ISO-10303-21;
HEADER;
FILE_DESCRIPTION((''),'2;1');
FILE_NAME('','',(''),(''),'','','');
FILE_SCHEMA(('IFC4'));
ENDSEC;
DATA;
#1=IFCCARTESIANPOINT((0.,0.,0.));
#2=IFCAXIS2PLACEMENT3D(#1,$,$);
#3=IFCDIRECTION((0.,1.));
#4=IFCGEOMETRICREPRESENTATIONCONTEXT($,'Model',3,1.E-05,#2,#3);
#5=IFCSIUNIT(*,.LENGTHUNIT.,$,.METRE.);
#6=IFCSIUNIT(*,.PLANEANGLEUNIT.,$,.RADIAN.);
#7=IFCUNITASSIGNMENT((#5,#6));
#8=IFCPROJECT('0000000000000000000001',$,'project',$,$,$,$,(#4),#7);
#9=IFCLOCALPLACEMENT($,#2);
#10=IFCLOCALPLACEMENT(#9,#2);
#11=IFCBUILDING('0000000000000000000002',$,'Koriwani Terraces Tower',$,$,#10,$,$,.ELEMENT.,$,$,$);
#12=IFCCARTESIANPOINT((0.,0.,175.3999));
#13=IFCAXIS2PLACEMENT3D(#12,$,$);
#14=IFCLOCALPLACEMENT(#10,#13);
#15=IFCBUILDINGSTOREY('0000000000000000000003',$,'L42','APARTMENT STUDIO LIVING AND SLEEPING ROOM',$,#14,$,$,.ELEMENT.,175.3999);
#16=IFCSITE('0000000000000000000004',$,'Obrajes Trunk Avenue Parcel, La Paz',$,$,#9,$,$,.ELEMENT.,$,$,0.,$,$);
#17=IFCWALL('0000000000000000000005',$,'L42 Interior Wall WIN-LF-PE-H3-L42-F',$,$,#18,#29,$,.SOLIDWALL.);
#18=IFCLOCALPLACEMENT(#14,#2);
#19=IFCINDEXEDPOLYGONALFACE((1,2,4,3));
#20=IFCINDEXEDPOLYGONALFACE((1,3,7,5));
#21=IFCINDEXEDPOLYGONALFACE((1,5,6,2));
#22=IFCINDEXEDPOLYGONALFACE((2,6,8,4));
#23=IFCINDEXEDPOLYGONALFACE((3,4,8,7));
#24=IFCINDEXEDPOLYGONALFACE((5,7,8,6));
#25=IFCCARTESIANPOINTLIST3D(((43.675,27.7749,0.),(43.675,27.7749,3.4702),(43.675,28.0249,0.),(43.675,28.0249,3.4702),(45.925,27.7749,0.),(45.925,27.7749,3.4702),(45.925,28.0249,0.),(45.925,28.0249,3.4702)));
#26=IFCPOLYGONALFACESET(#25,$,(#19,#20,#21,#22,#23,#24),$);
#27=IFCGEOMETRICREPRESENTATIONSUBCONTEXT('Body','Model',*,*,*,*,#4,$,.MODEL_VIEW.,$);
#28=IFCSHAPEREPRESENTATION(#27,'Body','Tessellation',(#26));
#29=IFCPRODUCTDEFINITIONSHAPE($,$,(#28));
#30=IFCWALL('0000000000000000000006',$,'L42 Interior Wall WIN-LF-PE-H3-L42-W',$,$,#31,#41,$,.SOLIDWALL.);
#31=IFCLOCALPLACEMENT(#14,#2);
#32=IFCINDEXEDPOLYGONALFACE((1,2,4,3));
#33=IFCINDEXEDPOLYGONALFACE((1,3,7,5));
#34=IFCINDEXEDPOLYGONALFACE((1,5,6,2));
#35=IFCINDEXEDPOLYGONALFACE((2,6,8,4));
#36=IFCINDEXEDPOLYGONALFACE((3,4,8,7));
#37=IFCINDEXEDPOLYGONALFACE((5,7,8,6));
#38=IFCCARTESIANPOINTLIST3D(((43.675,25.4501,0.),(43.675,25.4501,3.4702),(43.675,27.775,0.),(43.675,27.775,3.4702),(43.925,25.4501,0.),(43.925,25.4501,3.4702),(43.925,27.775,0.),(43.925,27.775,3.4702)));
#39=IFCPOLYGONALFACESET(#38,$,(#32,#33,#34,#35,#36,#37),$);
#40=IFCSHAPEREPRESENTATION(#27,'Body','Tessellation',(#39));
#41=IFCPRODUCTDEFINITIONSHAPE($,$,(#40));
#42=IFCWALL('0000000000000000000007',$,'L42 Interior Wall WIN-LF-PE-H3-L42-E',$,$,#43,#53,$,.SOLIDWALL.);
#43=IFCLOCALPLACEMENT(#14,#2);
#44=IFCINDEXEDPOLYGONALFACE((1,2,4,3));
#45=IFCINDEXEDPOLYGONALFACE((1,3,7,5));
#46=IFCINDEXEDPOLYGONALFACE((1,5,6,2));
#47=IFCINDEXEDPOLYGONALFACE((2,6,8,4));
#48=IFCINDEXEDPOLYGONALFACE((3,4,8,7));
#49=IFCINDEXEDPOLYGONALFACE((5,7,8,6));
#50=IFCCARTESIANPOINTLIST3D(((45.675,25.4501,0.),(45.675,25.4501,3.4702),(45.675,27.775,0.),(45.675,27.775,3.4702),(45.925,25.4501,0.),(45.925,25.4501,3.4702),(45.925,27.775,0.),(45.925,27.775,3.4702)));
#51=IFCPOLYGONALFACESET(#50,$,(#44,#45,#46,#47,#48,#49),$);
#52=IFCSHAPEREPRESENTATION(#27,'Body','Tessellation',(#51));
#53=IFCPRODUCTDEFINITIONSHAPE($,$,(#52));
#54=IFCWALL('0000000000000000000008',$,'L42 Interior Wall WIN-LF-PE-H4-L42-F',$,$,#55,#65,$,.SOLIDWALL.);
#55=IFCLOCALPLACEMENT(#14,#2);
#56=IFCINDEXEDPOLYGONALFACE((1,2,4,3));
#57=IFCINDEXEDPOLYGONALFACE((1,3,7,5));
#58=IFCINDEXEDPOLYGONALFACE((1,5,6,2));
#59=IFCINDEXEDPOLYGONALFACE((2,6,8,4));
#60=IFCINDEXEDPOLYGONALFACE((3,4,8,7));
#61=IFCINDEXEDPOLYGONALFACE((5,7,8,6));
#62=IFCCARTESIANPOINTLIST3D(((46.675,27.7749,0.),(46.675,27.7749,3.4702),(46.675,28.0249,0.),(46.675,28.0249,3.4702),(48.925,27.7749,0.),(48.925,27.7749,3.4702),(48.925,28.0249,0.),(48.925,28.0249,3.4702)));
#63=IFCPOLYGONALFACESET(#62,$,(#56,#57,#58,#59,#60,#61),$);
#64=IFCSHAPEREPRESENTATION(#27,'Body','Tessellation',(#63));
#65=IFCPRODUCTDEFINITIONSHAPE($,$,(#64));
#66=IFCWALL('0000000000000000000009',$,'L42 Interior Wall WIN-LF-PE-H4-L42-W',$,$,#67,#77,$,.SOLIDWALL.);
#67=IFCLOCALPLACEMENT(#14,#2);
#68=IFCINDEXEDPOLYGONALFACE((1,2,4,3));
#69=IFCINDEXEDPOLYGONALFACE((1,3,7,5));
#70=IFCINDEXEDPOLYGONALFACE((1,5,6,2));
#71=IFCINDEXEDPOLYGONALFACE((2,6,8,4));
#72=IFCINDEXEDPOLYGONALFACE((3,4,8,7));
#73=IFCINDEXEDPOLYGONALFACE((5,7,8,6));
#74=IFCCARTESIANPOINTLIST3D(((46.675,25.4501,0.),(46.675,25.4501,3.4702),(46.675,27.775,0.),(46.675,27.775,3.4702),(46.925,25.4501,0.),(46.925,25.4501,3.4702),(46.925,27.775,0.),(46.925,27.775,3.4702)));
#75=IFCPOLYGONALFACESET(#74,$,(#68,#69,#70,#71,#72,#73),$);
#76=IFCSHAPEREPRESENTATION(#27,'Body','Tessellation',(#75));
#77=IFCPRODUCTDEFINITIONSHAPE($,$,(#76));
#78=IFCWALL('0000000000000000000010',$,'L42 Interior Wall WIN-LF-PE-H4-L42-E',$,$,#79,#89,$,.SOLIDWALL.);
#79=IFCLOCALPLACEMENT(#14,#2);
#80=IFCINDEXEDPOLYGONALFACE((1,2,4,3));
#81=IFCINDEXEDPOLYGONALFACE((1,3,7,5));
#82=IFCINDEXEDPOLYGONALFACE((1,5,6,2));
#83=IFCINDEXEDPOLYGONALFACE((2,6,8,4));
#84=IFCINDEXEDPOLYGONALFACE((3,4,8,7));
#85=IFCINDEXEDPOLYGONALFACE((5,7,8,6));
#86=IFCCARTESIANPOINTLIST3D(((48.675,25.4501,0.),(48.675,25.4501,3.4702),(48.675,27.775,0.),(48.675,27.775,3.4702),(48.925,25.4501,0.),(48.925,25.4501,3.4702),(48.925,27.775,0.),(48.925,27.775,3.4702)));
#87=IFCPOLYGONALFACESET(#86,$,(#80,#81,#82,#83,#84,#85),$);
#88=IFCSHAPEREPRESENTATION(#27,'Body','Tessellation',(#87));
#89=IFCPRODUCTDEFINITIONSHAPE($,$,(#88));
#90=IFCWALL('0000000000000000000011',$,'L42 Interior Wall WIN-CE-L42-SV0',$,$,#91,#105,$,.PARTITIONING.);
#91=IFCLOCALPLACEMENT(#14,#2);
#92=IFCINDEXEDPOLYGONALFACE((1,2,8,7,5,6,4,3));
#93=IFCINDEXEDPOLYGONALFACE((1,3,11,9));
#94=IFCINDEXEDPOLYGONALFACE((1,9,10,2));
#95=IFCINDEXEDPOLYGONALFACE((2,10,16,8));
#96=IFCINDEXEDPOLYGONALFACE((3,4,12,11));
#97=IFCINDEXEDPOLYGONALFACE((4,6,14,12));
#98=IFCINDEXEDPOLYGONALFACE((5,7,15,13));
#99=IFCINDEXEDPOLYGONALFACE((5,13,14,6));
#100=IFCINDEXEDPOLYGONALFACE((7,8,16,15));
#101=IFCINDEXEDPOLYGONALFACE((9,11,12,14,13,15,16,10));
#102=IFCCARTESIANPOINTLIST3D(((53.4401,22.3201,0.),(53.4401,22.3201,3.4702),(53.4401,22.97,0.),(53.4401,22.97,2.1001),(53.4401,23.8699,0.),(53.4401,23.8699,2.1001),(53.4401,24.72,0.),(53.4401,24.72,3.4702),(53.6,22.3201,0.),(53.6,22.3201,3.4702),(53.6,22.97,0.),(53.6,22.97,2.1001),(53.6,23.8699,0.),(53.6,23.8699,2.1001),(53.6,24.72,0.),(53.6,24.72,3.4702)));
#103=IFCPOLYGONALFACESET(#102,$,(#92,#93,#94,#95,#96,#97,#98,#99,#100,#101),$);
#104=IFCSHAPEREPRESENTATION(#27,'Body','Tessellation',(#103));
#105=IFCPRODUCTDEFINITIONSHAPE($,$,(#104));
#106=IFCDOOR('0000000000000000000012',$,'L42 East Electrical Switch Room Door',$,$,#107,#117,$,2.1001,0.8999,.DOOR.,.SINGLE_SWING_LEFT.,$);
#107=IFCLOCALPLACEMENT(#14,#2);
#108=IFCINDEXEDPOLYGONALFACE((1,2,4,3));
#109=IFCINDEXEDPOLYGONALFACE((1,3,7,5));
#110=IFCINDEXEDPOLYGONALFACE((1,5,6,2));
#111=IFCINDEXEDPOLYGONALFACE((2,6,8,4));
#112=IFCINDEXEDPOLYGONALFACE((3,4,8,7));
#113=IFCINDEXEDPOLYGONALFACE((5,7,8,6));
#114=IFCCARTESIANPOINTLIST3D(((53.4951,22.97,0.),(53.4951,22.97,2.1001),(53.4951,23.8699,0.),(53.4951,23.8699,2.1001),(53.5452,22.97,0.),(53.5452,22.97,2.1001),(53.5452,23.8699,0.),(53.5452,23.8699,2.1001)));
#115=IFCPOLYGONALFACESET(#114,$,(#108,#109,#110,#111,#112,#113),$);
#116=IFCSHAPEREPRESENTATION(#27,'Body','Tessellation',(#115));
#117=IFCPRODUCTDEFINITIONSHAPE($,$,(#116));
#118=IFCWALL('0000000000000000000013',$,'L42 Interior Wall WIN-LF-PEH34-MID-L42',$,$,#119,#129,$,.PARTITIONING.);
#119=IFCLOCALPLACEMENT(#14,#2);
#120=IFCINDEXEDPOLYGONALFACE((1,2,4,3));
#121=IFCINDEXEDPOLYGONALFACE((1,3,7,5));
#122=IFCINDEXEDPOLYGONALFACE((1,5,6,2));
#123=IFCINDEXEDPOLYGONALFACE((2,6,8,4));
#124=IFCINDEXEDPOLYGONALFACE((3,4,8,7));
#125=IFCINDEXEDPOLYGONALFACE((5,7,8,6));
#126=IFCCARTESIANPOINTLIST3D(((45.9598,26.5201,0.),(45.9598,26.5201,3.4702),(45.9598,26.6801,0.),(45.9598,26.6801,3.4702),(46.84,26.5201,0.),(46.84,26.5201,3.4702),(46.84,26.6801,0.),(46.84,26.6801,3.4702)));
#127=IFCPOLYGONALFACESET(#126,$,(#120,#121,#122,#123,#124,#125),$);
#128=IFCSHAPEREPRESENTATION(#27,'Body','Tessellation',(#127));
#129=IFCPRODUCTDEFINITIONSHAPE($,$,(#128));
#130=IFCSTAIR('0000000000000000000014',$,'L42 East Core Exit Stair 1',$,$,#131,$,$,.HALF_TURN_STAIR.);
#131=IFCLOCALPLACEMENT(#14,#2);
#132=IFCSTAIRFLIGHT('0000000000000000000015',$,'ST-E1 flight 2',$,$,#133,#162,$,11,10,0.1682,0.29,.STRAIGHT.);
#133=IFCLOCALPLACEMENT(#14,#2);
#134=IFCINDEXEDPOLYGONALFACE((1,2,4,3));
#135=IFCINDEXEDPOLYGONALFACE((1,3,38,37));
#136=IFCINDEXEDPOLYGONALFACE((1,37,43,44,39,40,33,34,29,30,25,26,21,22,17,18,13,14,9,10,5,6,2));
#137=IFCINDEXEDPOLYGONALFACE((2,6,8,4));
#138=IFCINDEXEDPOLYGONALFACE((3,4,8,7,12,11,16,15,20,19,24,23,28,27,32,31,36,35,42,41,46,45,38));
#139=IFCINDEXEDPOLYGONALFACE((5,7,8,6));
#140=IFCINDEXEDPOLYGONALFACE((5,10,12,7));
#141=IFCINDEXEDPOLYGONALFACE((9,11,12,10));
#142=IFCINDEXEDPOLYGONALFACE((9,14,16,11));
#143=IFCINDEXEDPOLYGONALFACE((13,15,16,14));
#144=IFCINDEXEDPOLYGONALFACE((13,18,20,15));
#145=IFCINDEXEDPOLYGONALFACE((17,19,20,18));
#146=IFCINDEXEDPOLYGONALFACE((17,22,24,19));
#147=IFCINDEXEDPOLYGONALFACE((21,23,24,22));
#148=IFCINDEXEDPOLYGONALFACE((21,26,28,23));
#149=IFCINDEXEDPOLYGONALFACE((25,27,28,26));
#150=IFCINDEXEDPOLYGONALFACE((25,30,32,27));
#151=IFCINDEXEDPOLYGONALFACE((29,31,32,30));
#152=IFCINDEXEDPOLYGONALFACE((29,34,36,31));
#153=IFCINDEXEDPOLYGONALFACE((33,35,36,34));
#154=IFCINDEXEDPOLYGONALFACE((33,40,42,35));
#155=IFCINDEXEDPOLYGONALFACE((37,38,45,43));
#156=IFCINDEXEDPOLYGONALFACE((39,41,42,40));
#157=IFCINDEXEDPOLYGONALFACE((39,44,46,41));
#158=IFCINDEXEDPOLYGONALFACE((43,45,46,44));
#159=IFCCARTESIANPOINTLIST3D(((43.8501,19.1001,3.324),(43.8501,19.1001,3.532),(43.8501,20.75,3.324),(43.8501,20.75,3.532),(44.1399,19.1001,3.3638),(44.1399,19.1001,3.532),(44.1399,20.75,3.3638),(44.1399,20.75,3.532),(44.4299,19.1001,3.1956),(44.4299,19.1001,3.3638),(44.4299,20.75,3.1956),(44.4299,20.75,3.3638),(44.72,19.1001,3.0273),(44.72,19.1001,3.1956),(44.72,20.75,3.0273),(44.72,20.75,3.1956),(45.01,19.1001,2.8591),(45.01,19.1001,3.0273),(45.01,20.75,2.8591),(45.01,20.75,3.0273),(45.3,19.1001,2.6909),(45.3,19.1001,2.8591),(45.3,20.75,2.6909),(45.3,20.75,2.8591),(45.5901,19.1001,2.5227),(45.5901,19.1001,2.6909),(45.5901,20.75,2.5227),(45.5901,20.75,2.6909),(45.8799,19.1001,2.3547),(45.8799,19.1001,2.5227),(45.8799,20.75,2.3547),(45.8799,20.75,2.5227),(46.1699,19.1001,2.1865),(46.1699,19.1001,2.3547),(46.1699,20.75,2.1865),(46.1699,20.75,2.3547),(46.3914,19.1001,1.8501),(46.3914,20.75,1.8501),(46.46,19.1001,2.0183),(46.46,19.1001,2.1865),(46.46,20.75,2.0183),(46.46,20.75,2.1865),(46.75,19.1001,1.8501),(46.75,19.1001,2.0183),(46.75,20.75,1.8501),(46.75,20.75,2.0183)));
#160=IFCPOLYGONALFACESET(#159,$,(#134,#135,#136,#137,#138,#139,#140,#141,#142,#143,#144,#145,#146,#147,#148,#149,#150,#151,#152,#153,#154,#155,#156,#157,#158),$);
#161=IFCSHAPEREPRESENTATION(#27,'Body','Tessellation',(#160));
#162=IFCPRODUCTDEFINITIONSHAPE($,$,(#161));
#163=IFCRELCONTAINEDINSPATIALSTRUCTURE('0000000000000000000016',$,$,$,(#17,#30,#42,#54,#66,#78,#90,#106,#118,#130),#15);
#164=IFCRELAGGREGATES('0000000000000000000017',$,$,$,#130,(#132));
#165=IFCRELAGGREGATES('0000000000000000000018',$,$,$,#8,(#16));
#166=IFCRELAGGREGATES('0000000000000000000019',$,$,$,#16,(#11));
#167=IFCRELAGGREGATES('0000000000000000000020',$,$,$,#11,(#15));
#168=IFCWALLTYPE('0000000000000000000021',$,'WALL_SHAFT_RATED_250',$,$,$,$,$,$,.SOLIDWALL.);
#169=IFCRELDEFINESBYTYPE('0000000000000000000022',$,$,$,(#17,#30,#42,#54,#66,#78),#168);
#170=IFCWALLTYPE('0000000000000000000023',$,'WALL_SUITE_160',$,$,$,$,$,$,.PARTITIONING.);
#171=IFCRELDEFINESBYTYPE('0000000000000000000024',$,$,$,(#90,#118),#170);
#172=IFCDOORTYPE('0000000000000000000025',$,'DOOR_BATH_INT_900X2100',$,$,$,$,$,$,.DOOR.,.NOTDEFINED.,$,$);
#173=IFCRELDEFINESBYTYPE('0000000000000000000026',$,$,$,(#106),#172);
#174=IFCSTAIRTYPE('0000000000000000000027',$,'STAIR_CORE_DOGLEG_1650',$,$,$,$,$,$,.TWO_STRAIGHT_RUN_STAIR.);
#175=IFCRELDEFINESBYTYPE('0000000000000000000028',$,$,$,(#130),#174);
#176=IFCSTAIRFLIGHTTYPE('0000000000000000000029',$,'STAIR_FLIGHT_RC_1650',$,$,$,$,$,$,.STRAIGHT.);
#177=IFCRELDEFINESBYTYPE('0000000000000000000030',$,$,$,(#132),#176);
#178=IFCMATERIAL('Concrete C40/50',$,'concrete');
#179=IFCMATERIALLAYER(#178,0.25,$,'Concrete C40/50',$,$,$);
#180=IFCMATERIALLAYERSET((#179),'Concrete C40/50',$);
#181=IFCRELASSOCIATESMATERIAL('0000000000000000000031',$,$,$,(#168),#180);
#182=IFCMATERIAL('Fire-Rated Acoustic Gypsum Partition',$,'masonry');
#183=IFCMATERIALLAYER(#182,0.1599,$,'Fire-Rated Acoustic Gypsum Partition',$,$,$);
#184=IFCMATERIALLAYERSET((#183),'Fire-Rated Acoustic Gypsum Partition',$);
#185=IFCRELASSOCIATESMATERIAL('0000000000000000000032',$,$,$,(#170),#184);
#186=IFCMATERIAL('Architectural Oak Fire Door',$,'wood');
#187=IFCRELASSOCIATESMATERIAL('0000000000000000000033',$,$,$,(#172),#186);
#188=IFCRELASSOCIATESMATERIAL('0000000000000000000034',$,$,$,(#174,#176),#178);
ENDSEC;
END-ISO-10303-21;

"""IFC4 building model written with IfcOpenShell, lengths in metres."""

from ifc_helpers import new_model, si_unit, direction, frame, frame_2d, origin, place, context, subcontext, project, spatial, polyline, rectangle, outline, extrude, material, layer, layer_set, type_object, element, fill, aggregate, save


model = new_model("IFC4")

# Units and contexts
model_context = context("Model", 3, precision=1e-05, world=origin(), true_north=direction((0.0, 1.0)))
body_context = subcontext(model_context, "Body", "Model", "MODEL_VIEW")
ifc_project = project(units=[si_unit("LENGTHUNIT", "METRE"), si_unit("PLANEANGLEUNIT", "RADIAN")], contexts=[model_context])

# Site, building, storey
site_placement = place(None, origin())
site = spatial("IfcSite", under=ifc_project, at=site_placement, Name="Obrajes Trunk Avenue Parcel, La Paz", CompositionType="ELEMENT", RefElevation=0.0)
building_placement = place(site_placement, origin())
building = spatial("IfcBuilding", under=site, at=building_placement, Name="Koriwani Terraces Tower", CompositionType="ELEMENT")
storey_placement = place(building_placement, frame((0.0, 0.0, 175.3999)))
storey = spatial("IfcBuildingStorey", under=building, at=storey_placement, Name="L42", Description="APARTMENT STUDIO LIVING AND SLEEPING ROOM", CompositionType="ELEMENT", Elevation=175.3999)

# Shared definitions
ifc_material_1 = material(Name="Architectural Oak Fire Door", Category="wood")

# Shared definitions
ifc_material_2 = material(Name="Concrete C40/50", Category="concrete")
ifc_layer_1 = layer(ifc_material_2, 0.25, Name="Concrete C40/50")
ifc_layer_set_1 = layer_set([ifc_layer_1], Name="Concrete C40/50")
wall_type_1 = type_object("IfcWallType", Name="WALL_SHAFT_RATED_250", PredefinedType="SOLIDWALL", material=ifc_layer_set_1)

# Walls
wall_1_placement = place(storey_placement, frame((43.675, 27.8999, 0.0), z_axis=(0.0, 0.0, 1.0), x_axis=(1.0, 0.0, 0.0)))
element("IfcWall", 1, at=wall_1_placement, inside=storey, type_object=wall_type_1, Name="L42 Interior Wall WIN-LF-PE-H3-L42-F", PredefinedType="SOLIDWALL", context=body_context, shape_type="SweptSolid", body=[
    extrude(rectangle(XDim=2.25, YDim=0.25, at=frame_2d((1.125, 0.0))), origin(), (0.0, 0.0, 1.0), 3.4702),
])
for number, where, z_axis, x_axis, name in (
    (2, (43.8, 25.45, 0.0), (0.0, 0.0, 1.0), (0.0, 1.0, 0.0), "L42 Interior Wall WIN-LF-PE-H3-L42-W"),
    (3, (45.8, 25.45, 0.0), (0.0, 0.0, 1.0), (0.0, 1.0, 0.0), "L42 Interior Wall WIN-LF-PE-H3-L42-E"),
):
    element("IfcWall", number, at=place(storey_placement, frame(where, z_axis=z_axis, x_axis=x_axis)), inside=storey, type_object=wall_type_1, Name=name, PredefinedType="SOLIDWALL", context=body_context, shape_type="SweptSolid", body=[
        extrude(rectangle(XDim=2.325, YDim=0.25, at=frame_2d((1.1626, 0.0))), origin(), (0.0, 0.0, 1.0), 3.4702),
    ])
wall_2_placement = place(storey_placement, frame((46.675, 27.8999, 0.0), z_axis=(0.0, 0.0, 1.0), x_axis=(1.0, 0.0, 0.0)))
element("IfcWall", 4, at=wall_2_placement, inside=storey, type_object=wall_type_1, Name="L42 Interior Wall WIN-LF-PE-H4-L42-F", PredefinedType="SOLIDWALL", context=body_context, shape_type="SweptSolid", body=[
    extrude(rectangle(XDim=2.25, YDim=0.25, at=frame_2d((1.125, 0.0))), origin(), (0.0, 0.0, 1.0), 3.4702),
])
for number, where, z_axis, x_axis, name in (
    (5, (46.8, 25.45, 0.0), (0.0, 0.0, 1.0), (0.0, 1.0, 0.0), "L42 Interior Wall WIN-LF-PE-H4-L42-W"),
    (6, (48.8, 25.45, 0.0), (0.0, 0.0, 1.0), (0.0, 1.0, 0.0), "L42 Interior Wall WIN-LF-PE-H4-L42-E"),
):
    element("IfcWall", number, at=place(storey_placement, frame(where, z_axis=z_axis, x_axis=x_axis)), inside=storey, type_object=wall_type_1, Name=name, PredefinedType="SOLIDWALL", context=body_context, shape_type="SweptSolid", body=[
        extrude(rectangle(XDim=2.325, YDim=0.25, at=frame_2d((1.1626, 0.0))), origin(), (0.0, 0.0, 1.0), 3.4702),
    ])

# Wall, opening, door
ifc_material_3 = material(Name="Fire-Rated Acoustic Gypsum Partition", Category="masonry")
ifc_layer_2 = layer(ifc_material_3, 0.1599, Name="Fire-Rated Acoustic Gypsum Partition")
ifc_layer_set_2 = layer_set([ifc_layer_2], Name="Fire-Rated Acoustic Gypsum Partition")
wall_type_2 = type_object("IfcWallType", Name="WALL_SUITE_160", PredefinedType="PARTITIONING", material=ifc_layer_set_2)
wall_3_placement = place(storey_placement, frame((53.52, 22.3201, 0.0), z_axis=(0.0, 0.0, 1.0), x_axis=(0.0, 1.0, 0.0)))
wall_3 = element("IfcWall", 7, at=wall_3_placement, inside=storey, type_object=wall_type_2, Name="L42 Interior Wall WIN-CE-L42-SV0", PredefinedType="PARTITIONING", context=body_context, shape_type="SweptSolid", body=[
    extrude(rectangle(XDim=2.3999, YDim=0.1599, at=frame_2d((1.2, 0.0))), origin(), (0.0, 0.0, 1.0), 3.4702),
])
opening_1_placement = place(wall_3_placement, frame((0.6499, 0.0, 0.0)))
opening_1 = element("IfcOpeningElement", 8, at=opening_1_placement, cuts=wall_3, PredefinedType="OPENING", context=body_context, shape_type="SweptSolid", body=[
    extrude(rectangle(XDim=0.8999, YDim=2.1001, at=frame_2d((0.45, 1.05))), frame((0.0, 0.0898, 0.0), z_axis=(0.0, -1.0, 0.0), x_axis=(1.0, 0.0, 0.0)), (0.0, 0.0, 1.0), 0.1799),
])
door_type_1 = type_object("IfcDoorType", Name="DOOR_BATH_INT_900X2100", OperationType="NOTDEFINED", PredefinedType="DOOR", material=ifc_material_1)
door_1_placement = place(opening_1_placement, origin())
door_1 = element("IfcDoor", 9, at=door_1_placement, inside=storey, type_object=door_type_1, Name="L42 East Electrical Switch Room Door", OperationType="SINGLE_SWING_LEFT", OverallHeight=2.1001, OverallWidth=0.8999, PredefinedType="DOOR", context=body_context, shape_type="SweptSolid", body=[
    extrude(rectangle(XDim=0.8999, YDim=2.1001, at=frame_2d((0.45, 1.05))), frame((0.0, 0.0249, 0.0), z_axis=(0.0, -1.0, 0.0), x_axis=(1.0, 0.0, 0.0)), (0.0, 0.0, 1.0), 0.05),
])
fill(opening_1, door_1)

# Wall
wall_4_placement = place(storey_placement, frame((45.96, 26.6001, 0.0), z_axis=(0.0, 0.0, 1.0), x_axis=(1.0, 0.0, 0.0)))
element("IfcWall", 10, at=wall_4_placement, inside=storey, type_object=wall_type_2, Name="L42 Interior Wall WIN-LF-PEH34-MID-L42", PredefinedType="PARTITIONING", context=body_context, shape_type="SweptSolid", body=[
    extrude(rectangle(XDim=0.8801, YDim=0.1599, at=frame_2d((0.4399, 0.0))), origin(), (0.0, 0.0, 1.0), 3.4702),
])

# Stair, stair flight
stair_type = type_object("IfcStairType", Name="STAIR_CORE_DOGLEG_1650", PredefinedType="TWO_STRAIGHT_RUN_STAIR", material=ifc_material_2)
stair_placement = place(storey_placement, origin())
stair = element("IfcStair", 11, at=stair_placement, inside=storey, type_object=stair_type, Name="L42 East Core Exit Stair 1", PredefinedType="HALF_TURN_STAIR")
stair_flight_type = type_object("IfcStairFlightType", Name="STAIR_FLIGHT_RC_1650", PredefinedType="STRAIGHT", material=ifc_material_2)
stair_flight_placement = place(storey_placement, frame((46.75, 19.925, 1.8501), z_axis=(0.0, 0.0, 1.0), x_axis=(-1.0, 0.0, 0.0)))
stair_flight = element("IfcStairFlight", 12, at=stair_flight_placement, type_object=stair_flight_type, Name="ST-E1 flight 2", NumberOfRisers=11, NumberOfTreads=10, PredefinedType="STRAIGHT", RiserHeight=0.1682, TreadLength=0.29, context=body_context, shape_type="SweptSolid", body=[
    extrude(outline(polyline([(0.0, 0.0), (0.0, 0.1682), (0.29, 0.1682), (0.29, 0.3364), (0.5801, 0.3364), (0.5801, 0.5046), (0.8701, 0.5046), (0.8701, 0.6726), (1.1599, 0.6726), (1.1599, 0.8408), (1.45, 0.8408), (1.45, 1.009), (1.74, 1.009), (1.74, 1.1772), (2.03, 1.1772), (2.03, 1.3455), (2.3201, 1.3455), (2.3201, 1.5137), (2.6101, 1.5137), (2.6101, 1.6819), (2.8999, 1.6819), (2.8999, 1.8501), (2.8999, 1.4739), (0.3586, 0.0), (0.0, 0.0)])), frame((0.0, 0.825, 0.0), z_axis=(0.0, -1.0, 0.0), x_axis=(1.0, 0.0, 0.0)), (0.0, 0.0, 1.0), 1.6499),
])
aggregate(stair, [stair_flight])

save(model, "model.ifc")
